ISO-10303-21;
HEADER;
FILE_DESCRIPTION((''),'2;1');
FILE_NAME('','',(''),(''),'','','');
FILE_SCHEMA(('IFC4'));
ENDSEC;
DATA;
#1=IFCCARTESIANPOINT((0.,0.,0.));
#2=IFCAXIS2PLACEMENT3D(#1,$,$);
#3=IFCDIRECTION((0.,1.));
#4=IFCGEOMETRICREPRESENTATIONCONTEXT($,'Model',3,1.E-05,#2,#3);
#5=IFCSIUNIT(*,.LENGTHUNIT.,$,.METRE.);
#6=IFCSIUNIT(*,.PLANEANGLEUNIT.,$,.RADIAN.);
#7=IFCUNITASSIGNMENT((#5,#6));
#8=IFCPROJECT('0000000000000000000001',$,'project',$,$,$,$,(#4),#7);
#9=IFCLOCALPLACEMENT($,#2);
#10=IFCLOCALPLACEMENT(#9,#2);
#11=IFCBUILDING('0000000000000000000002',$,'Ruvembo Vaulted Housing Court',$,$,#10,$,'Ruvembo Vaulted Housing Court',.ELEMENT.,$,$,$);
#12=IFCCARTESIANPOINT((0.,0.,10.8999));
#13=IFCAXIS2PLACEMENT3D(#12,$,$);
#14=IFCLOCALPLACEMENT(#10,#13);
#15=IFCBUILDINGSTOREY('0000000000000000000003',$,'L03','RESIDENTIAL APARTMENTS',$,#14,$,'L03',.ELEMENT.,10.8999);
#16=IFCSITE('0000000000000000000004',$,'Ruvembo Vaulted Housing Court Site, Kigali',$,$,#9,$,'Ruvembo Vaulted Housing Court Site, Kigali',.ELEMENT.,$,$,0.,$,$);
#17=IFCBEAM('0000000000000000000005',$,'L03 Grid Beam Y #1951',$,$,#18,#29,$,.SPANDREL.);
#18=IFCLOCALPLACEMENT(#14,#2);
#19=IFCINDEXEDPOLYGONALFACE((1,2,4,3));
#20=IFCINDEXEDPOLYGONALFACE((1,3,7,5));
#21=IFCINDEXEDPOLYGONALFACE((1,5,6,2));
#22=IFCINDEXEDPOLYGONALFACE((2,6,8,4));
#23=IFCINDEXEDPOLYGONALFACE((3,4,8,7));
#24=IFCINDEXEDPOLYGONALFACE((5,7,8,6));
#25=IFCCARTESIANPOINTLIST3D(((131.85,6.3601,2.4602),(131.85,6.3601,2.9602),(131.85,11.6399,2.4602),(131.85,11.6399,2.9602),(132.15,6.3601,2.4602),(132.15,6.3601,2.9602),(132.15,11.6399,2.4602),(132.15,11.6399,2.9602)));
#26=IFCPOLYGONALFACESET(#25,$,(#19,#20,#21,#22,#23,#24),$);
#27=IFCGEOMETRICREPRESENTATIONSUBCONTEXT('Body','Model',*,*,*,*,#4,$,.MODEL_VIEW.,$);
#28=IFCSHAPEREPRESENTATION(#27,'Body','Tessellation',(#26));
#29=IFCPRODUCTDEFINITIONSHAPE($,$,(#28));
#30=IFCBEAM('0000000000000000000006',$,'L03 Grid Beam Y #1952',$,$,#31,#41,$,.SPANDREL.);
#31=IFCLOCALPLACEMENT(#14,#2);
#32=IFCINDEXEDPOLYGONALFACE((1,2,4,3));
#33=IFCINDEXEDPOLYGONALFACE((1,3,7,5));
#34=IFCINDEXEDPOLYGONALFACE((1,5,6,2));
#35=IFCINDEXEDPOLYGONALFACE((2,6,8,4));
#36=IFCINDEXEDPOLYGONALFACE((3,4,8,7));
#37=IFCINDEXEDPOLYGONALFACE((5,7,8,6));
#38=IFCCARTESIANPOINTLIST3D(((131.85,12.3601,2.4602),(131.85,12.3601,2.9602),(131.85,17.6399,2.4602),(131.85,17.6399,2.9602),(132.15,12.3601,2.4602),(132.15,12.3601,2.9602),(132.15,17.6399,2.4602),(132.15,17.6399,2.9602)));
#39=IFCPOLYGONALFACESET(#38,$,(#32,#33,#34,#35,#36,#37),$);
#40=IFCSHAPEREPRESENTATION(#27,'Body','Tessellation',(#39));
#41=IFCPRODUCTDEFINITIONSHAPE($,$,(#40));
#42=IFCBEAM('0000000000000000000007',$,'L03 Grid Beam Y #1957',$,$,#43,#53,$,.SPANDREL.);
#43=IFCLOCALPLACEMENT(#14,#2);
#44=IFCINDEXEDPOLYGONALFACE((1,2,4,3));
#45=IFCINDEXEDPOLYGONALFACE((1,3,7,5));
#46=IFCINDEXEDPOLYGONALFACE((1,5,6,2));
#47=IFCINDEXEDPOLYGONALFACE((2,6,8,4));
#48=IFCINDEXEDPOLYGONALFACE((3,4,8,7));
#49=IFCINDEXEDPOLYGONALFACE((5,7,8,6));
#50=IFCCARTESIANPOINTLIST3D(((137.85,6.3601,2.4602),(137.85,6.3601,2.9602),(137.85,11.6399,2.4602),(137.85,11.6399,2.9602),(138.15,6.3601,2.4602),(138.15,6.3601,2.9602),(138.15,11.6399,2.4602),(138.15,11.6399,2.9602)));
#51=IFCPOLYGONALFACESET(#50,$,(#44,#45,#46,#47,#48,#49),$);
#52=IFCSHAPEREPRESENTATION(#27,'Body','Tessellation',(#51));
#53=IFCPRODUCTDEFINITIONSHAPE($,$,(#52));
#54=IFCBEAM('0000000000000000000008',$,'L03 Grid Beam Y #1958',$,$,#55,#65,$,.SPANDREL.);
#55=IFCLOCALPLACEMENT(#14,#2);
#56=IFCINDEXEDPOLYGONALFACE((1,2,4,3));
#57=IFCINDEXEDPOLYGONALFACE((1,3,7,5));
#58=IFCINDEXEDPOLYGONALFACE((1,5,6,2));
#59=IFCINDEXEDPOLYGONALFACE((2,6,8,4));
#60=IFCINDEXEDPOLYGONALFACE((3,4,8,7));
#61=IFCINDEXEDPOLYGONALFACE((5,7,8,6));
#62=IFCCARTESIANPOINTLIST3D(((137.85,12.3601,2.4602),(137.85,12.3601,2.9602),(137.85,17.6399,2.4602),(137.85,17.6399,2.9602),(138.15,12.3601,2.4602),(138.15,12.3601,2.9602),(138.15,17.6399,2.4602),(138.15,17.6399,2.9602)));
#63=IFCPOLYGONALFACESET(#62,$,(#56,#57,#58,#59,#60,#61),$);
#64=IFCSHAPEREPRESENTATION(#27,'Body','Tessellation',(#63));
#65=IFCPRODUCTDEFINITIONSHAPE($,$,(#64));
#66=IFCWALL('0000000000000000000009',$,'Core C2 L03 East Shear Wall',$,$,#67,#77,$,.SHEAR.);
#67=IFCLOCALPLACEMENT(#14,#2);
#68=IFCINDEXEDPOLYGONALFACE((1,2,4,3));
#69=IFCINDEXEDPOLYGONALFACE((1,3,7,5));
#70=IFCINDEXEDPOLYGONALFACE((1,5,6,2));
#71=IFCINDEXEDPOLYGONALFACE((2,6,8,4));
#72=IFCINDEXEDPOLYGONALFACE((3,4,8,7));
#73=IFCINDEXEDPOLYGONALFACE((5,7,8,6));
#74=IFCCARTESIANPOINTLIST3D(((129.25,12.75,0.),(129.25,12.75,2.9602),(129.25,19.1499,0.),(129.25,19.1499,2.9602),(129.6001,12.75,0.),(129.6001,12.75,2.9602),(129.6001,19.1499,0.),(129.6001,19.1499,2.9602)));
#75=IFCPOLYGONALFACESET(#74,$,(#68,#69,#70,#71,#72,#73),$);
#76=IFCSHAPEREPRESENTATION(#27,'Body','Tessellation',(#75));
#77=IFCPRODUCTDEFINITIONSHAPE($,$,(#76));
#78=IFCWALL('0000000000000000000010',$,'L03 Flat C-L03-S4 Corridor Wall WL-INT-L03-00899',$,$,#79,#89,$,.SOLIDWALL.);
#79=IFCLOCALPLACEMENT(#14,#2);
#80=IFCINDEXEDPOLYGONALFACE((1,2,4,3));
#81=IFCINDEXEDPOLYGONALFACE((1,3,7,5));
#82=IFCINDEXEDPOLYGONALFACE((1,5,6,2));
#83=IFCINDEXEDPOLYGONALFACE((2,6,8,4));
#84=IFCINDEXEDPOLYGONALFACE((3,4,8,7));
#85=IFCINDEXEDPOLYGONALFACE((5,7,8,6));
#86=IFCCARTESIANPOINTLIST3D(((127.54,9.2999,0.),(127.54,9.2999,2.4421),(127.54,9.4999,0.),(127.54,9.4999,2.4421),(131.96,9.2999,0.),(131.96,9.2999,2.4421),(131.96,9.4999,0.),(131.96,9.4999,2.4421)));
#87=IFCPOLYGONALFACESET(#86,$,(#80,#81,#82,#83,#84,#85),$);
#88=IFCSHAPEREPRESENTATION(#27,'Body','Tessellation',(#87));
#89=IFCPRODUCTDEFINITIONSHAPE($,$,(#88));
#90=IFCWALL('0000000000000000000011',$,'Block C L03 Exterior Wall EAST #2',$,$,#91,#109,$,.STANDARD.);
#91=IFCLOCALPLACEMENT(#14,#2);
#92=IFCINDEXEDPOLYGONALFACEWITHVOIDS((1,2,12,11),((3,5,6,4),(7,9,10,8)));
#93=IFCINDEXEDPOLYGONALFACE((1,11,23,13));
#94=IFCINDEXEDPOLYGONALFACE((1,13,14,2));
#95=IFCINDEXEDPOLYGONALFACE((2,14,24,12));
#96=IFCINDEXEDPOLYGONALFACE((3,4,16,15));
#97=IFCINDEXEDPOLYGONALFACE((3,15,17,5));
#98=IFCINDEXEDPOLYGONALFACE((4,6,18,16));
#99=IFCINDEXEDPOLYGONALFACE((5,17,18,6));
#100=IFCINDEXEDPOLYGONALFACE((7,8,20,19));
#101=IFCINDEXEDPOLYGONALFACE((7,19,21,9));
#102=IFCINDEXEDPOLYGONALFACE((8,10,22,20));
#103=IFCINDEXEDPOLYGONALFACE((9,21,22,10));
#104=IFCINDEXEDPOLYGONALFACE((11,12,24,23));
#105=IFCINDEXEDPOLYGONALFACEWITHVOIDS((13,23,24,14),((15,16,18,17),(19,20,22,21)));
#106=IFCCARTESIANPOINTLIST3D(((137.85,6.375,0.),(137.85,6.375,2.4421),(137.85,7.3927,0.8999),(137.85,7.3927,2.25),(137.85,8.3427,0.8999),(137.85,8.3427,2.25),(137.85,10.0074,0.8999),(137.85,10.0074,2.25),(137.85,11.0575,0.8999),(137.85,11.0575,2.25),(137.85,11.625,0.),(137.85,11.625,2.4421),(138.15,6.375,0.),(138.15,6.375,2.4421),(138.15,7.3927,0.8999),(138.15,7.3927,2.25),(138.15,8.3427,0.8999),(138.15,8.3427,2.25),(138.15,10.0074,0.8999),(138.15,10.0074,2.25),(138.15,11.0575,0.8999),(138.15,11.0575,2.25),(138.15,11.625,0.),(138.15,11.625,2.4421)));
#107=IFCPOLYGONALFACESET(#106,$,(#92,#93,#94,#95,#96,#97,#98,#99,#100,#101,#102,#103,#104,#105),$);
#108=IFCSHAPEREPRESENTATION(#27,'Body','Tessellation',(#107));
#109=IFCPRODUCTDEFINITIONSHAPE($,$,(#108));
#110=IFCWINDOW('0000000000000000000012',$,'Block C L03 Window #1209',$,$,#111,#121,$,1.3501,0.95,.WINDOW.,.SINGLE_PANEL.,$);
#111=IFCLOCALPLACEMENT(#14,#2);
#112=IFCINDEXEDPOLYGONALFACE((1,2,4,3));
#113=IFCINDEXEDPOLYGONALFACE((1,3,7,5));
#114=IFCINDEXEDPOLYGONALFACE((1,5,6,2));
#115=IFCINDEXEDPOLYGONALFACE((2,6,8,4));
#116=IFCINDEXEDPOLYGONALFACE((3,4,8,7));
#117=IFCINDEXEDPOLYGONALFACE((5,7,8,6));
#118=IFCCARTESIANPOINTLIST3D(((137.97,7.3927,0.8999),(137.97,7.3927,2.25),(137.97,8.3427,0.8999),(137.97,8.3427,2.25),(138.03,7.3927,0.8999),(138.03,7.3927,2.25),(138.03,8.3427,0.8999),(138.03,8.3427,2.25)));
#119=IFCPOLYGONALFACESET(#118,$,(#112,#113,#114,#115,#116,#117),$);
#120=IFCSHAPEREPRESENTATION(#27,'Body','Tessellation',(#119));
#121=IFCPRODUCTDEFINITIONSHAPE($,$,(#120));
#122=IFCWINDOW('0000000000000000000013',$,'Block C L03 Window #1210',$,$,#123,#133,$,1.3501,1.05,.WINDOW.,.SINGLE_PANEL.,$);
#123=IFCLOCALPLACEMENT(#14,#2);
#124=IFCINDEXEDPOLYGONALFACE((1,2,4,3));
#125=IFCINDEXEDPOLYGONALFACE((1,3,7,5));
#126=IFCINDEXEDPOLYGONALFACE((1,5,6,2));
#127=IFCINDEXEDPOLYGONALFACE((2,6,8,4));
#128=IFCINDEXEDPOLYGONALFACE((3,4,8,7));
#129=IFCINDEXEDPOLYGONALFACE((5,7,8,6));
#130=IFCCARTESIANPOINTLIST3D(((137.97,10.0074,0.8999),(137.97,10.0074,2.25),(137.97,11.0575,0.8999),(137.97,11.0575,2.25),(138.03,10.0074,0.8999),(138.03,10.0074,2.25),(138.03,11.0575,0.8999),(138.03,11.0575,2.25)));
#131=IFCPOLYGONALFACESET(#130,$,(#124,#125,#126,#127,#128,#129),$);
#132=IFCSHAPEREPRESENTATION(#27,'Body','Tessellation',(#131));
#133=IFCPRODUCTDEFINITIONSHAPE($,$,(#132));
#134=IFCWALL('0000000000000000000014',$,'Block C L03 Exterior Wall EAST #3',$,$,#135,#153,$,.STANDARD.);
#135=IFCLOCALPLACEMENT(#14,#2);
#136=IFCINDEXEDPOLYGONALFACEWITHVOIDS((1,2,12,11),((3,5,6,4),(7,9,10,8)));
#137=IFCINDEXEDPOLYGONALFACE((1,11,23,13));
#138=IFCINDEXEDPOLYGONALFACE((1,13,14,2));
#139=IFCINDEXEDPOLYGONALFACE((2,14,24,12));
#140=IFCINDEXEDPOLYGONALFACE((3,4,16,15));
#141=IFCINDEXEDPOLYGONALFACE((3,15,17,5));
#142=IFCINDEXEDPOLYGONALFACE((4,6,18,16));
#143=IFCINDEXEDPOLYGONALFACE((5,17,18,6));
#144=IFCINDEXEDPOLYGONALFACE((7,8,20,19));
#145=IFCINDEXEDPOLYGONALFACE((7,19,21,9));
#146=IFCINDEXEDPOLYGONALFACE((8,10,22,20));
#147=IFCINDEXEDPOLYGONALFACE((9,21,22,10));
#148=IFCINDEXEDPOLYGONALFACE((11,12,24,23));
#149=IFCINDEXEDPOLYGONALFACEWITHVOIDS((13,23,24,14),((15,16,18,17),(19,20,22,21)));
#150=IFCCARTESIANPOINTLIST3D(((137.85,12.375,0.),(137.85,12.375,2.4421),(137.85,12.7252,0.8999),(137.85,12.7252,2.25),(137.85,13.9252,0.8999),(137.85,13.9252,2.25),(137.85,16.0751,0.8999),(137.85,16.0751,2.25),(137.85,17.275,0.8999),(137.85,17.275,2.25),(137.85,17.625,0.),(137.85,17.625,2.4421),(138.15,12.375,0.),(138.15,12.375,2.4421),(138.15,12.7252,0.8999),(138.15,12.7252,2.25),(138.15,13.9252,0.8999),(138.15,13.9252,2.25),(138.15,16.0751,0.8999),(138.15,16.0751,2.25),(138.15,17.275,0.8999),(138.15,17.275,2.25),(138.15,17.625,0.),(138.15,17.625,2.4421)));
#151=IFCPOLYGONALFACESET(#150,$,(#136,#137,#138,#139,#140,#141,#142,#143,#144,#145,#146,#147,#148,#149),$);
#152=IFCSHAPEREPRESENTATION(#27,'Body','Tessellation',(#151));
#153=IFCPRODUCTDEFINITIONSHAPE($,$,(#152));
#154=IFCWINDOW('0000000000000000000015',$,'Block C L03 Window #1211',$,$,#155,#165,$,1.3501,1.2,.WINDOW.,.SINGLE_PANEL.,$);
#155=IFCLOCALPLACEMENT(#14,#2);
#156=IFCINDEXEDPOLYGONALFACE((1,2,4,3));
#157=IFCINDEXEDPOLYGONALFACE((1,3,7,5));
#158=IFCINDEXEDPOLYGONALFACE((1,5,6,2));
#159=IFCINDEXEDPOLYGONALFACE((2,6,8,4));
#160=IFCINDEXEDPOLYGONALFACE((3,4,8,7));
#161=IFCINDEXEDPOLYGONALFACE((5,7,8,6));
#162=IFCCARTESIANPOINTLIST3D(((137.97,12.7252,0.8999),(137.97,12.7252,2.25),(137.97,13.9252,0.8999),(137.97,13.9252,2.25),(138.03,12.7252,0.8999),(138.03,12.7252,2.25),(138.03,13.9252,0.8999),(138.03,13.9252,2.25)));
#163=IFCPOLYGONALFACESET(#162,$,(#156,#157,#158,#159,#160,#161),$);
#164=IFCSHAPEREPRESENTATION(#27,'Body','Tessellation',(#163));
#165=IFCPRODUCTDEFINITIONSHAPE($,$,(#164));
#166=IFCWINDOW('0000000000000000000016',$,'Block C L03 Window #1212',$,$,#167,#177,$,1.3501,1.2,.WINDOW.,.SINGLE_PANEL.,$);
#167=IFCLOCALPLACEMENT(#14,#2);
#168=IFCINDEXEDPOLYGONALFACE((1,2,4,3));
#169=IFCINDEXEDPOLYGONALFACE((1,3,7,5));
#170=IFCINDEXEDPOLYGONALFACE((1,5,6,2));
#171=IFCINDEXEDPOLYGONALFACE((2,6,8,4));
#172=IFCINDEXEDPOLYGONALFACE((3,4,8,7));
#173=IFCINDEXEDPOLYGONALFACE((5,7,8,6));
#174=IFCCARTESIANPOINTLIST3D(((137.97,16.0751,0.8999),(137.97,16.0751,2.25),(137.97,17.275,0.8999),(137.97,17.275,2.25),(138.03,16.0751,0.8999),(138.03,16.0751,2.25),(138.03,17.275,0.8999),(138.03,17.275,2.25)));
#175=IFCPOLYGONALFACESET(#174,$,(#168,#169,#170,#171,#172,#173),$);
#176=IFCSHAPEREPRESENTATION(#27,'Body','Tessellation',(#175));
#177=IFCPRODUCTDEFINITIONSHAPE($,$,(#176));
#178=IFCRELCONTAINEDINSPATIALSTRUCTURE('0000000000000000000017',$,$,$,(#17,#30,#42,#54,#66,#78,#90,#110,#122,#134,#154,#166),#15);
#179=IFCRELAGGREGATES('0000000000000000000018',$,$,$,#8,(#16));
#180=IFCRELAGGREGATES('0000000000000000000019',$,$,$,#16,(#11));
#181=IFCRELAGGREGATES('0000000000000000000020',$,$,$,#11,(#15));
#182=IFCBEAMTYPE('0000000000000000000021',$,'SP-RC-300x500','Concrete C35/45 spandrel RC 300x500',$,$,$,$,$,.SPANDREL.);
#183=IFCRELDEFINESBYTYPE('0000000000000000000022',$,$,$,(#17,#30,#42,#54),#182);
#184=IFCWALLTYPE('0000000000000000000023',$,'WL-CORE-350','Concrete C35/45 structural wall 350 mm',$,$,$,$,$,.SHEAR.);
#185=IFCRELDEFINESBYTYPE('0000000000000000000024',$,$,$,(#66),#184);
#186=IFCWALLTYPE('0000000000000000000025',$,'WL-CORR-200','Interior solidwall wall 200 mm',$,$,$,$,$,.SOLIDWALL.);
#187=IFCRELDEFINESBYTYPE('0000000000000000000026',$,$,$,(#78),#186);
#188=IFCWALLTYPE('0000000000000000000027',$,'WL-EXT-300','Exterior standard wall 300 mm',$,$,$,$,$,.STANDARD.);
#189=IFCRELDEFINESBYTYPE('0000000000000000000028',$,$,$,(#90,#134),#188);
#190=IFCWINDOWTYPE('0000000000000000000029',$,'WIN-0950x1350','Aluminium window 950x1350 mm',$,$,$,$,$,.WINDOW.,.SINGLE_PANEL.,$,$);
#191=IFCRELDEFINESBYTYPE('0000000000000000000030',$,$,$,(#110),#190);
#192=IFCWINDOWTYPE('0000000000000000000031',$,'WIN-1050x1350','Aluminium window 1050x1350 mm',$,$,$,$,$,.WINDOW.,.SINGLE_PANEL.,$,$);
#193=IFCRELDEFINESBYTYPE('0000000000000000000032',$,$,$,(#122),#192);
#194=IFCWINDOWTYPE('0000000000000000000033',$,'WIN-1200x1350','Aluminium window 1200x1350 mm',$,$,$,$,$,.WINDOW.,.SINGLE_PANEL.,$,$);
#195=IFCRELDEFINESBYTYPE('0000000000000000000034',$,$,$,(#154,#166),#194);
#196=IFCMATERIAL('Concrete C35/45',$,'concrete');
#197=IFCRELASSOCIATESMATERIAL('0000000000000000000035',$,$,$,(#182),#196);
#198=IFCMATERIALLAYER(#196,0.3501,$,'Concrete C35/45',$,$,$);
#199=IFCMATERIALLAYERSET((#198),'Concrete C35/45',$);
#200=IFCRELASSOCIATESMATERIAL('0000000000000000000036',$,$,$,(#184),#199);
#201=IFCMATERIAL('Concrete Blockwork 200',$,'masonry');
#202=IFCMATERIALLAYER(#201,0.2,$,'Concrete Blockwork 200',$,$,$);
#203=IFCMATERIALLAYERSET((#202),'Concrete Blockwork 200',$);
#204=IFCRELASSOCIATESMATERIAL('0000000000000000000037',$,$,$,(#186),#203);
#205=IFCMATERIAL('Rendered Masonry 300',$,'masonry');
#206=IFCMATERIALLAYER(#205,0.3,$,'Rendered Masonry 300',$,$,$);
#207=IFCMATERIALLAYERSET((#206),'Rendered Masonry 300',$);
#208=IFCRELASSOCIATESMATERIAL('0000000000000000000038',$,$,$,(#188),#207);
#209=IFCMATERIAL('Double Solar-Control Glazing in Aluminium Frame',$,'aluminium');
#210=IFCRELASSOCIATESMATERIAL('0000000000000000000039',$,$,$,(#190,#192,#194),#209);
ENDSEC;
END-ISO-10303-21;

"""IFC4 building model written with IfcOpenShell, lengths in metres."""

from ifc_helpers import new_model, si_unit, direction, frame, frame_2d, origin, origin_2d, place, context, subcontext, project, spatial, rectangle, extrude, material, layer, layer_set, material_profile, profile_set, type_object, element, fill, save


model = new_model("IFC4")

# Units and contexts
model_context = context("Model", 3, precision=1e-05, world=origin(), true_north=direction((0.0, 1.0)))
body_context = subcontext(model_context, "Body", "Model", "MODEL_VIEW")
ifc_project = project(units=[si_unit("LENGTHUNIT", "METRE"), si_unit("PLANEANGLEUNIT", "RADIAN")], contexts=[model_context])

# Site, building, storey
site_placement = place(None, origin())
site = spatial("IfcSite", under=ifc_project, at=site_placement, Name="Ruvembo Vaulted Housing Court Site, Kigali", LongName="Ruvembo Vaulted Housing Court Site, Kigali", CompositionType="ELEMENT", RefElevation=0.0)
building_placement = place(site_placement, origin())
building = spatial("IfcBuilding", under=site, at=building_placement, Name="Ruvembo Vaulted Housing Court", LongName="Ruvembo Vaulted Housing Court", CompositionType="ELEMENT")
storey_placement = place(building_placement, frame((0.0, 0.0, 10.8999)))
storey = spatial("IfcBuildingStorey", under=building, at=storey_placement, Name="L03", Description="RESIDENTIAL APARTMENTS", LongName="L03", CompositionType="ELEMENT", Elevation=10.8999)

# Beams
ifc_material_1 = material(Name="Concrete C35/45", Category="concrete")
ifc_material_profile_1 = material_profile(ifc_material_1, rectangle(XDim=0.3, YDim=0.5, at=origin_2d()), Name="RC 300x500")
ifc_profile_set_1 = profile_set([ifc_material_profile_1], Name="Concrete C35/45")
beam_type_1 = type_object("IfcBeamType", Name="SP-RC-300x500", Description="Concrete C35/45 spandrel RC 300x500", PredefinedType="SPANDREL", material=ifc_profile_set_1)
for number, where, z_axis, x_axis, name in (
    (1, (132.0, 6.3601, 2.7102), (0.0, 1.0, 0.0), (-1.0, 0.0, 0.0), "L03 Grid Beam Y #1951"),
    (2, (132.0, 12.3601, 2.7102), (0.0, 1.0, 0.0), (-1.0, 0.0, 0.0), "L03 Grid Beam Y #1952"),
    (3, (138.0, 6.3601, 2.7102), (0.0, 1.0, 0.0), (-1.0, 0.0, 0.0), "L03 Grid Beam Y #1957"),
    (4, (138.0, 12.3601, 2.7102), (0.0, 1.0, 0.0), (-1.0, 0.0, 0.0), "L03 Grid Beam Y #1958"),
):
    element("IfcBeam", number, at=place(storey_placement, frame(where, z_axis=z_axis, x_axis=x_axis)), inside=storey, type_object=beam_type_1, Name=name, PredefinedType="SPANDREL", context=body_context, shape_type="SweptSolid", body=[
        extrude(rectangle(XDim=0.3, YDim=0.5, at=origin_2d()), origin(), (0.0, 0.0, 1.0), 5.2798),
    ])

# Walls
ifc_layer_1 = layer(ifc_material_1, 0.3501, Name="Concrete C35/45")
ifc_layer_set_1 = layer_set([ifc_layer_1], Name="Concrete C35/45")
wall_type_1 = type_object("IfcWallType", Name="WL-CORE-350", Description="Concrete C35/45 structural wall 350 mm", PredefinedType="SHEAR", material=ifc_layer_set_1)
wall_1_placement = place(storey_placement, frame((129.425, 12.75, 0.0), z_axis=(0.0, 0.0, 1.0), x_axis=(0.0, 1.0, 0.0)))
element("IfcWall", 5, at=wall_1_placement, inside=storey, type_object=wall_type_1, Name="Core C2 L03 East Shear Wall", PredefinedType="SHEAR", context=body_context, shape_type="SweptSolid", body=[
    extrude(rectangle(XDim=6.3999, YDim=0.3501, at=frame_2d((3.2, 0.0))), origin(), (0.0, 0.0, 1.0), 2.9602),
])
ifc_material_2 = material(Name="Concrete Blockwork 200", Category="masonry")
ifc_layer_2 = layer(ifc_material_2, 0.2, Name="Concrete Blockwork 200")
ifc_layer_set_2 = layer_set([ifc_layer_2], Name="Concrete Blockwork 200")
wall_type_2 = type_object("IfcWallType", Name="WL-CORR-200", Description="Interior solidwall wall 200 mm", PredefinedType="SOLIDWALL", material=ifc_layer_set_2)
wall_2_placement = place(storey_placement, frame((127.54, 9.3999, 0.0), z_axis=(0.0, 0.0, 1.0), x_axis=(1.0, 0.0, 0.0)))
element("IfcWall", 6, at=wall_2_placement, inside=storey, type_object=wall_type_2, Name="L03 Flat C-L03-S4 Corridor Wall WL-INT-L03-00899", PredefinedType="SOLIDWALL", context=body_context, shape_type="SweptSolid", body=[
    extrude(rectangle(XDim=4.4199, YDim=0.2, at=frame_2d((2.21, 0.0))), origin(), (0.0, 0.0, 1.0), 2.4421),
])

# Walls, openings, windows
ifc_material_3 = material(Name="Rendered Masonry 300", Category="masonry")
ifc_layer_3 = layer(ifc_material_3, 0.3, Name="Rendered Masonry 300")
ifc_layer_set_3 = layer_set([ifc_layer_3], Name="Rendered Masonry 300")
wall_type_3 = type_object("IfcWallType", Name="WL-EXT-300", Description="Exterior standard wall 300 mm", PredefinedType="STANDARD", material=ifc_layer_set_3)
wall_3_placement = place(storey_placement, frame((138.0, 6.375, 0.0), z_axis=(0.0, 0.0, 1.0), x_axis=(0.0, 1.0, 0.0)))
wall_3 = element("IfcWall", 7, at=wall_3_placement, inside=storey, type_object=wall_type_3, Name="Block C L03 Exterior Wall EAST #2", PredefinedType="STANDARD", context=body_context, shape_type="SweptSolid", body=[
    extrude(rectangle(XDim=5.25, YDim=0.3, at=frame_2d((2.625, 0.0))), origin(), (0.0, 0.0, 1.0), 2.4421),
])
opening_1_placement = place(wall_3_placement, frame((1.0176, 0.0, 0.8999)))
opening_1 = element("IfcOpeningElement", 8, at=opening_1_placement, cuts=wall_3, PredefinedType="OPENING", context=body_context, shape_type="SweptSolid", body=[
    extrude(rectangle(XDim=0.95, YDim=1.3501, at=frame_2d((0.4751, 0.675))), frame((0.0, 0.1599, 0.0), z_axis=(0.0, -1.0, 0.0), x_axis=(1.0, 0.0, 0.0)), (0.0, 0.0, 1.0), 0.3201),
])
opening_2_placement = place(wall_3_placement, frame((3.6326, 0.0, 0.8999)))
opening_2 = element("IfcOpeningElement", 9, at=opening_2_placement, cuts=wall_3, PredefinedType="OPENING", context=body_context, shape_type="SweptSolid", body=[
    extrude(rectangle(XDim=1.05, YDim=1.3501, at=frame_2d((0.5249, 0.675))), frame((0.0, 0.1599, 0.0), z_axis=(0.0, -1.0, 0.0), x_axis=(1.0, 0.0, 0.0)), (0.0, 0.0, 1.0), 0.3201),
])
ifc_material_4 = material(Name="Double Solar-Control Glazing in Aluminium Frame", Category="aluminium")
window_type_1 = type_object("IfcWindowType", Name="WIN-0950x1350", Description="Aluminium window 950x1350 mm", PartitioningType="SINGLE_PANEL", PredefinedType="WINDOW", material=ifc_material_4)
window_1_placement = place(opening_1_placement, origin())
window_1 = element("IfcWindow", 10, at=window_1_placement, inside=storey, type_object=window_type_1, Name="Block C L03 Window #1209", OverallHeight=1.3501, OverallWidth=0.95, PartitioningType="SINGLE_PANEL", PredefinedType="WINDOW", context=body_context, shape_type="SweptSolid", body=[
    extrude(rectangle(XDim=0.95, YDim=1.3501, at=frame_2d((0.4751, 0.675))), frame((0.0, 0.03, 0.0), z_axis=(0.0, -1.0, 0.0), x_axis=(1.0, 0.0, 0.0)), (0.0, 0.0, 1.0), 0.0601),
])
fill(opening_1, window_1)
window_type_2 = type_object("IfcWindowType", Name="WIN-1050x1350", Description="Aluminium window 1050x1350 mm", PartitioningType="SINGLE_PANEL", PredefinedType="WINDOW", material=ifc_material_4)
window_2_placement = place(opening_2_placement, origin())
window_2 = element("IfcWindow", 11, at=window_2_placement, inside=storey, type_object=window_type_2, Name="Block C L03 Window #1210", OverallHeight=1.3501, OverallWidth=1.05, PartitioningType="SINGLE_PANEL", PredefinedType="WINDOW", context=body_context, shape_type="SweptSolid", body=[
    extrude(rectangle(XDim=1.05, YDim=1.3501, at=frame_2d((0.5249, 0.675))), frame((0.0, 0.03, 0.0), z_axis=(0.0, -1.0, 0.0), x_axis=(1.0, 0.0, 0.0)), (0.0, 0.0, 1.0), 0.0601),
])
fill(opening_2, window_2)
wall_4_placement = place(storey_placement, frame((138.0, 12.375, 0.0), z_axis=(0.0, 0.0, 1.0), x_axis=(0.0, 1.0, 0.0)))
wall_4 = element("IfcWall", 12, at=wall_4_placement, inside=storey, type_object=wall_type_3, Name="Block C L03 Exterior Wall EAST #3", PredefinedType="STANDARD", context=body_context, shape_type="SweptSolid", body=[
    extrude(rectangle(XDim=5.25, YDim=0.3, at=frame_2d((2.625, 0.0))), origin(), (0.0, 0.0, 1.0), 2.4421),
])
opening_3_placement = place(wall_4_placement, frame((0.3501, 0.0, 0.8999)))
opening_3 = element("IfcOpeningElement", 13, at=opening_3_placement, cuts=wall_4, PredefinedType="OPENING", context=body_context, shape_type="SweptSolid", body=[
    extrude(rectangle(XDim=1.2, YDim=1.3501, at=frame_2d((0.6001, 0.675))), frame((0.0, 0.1599, 0.0), z_axis=(0.0, -1.0, 0.0), x_axis=(1.0, 0.0, 0.0)), (0.0, 0.0, 1.0), 0.3201),
])
opening_4_placement = place(wall_4_placement, frame((3.7, 0.0, 0.8999)))
opening_4 = element("IfcOpeningElement", 14, at=opening_4_placement, cuts=wall_4, PredefinedType="OPENING", context=body_context, shape_type="SweptSolid", body=[
    extrude(rectangle(XDim=1.2, YDim=1.3501, at=frame_2d((0.6001, 0.675))), frame((0.0, 0.1599, 0.0), z_axis=(0.0, -1.0, 0.0), x_axis=(1.0, 0.0, 0.0)), (0.0, 0.0, 1.0), 0.3201),
])
window_type_3 = type_object("IfcWindowType", Name="WIN-1200x1350", Description="Aluminium window 1200x1350 mm", PartitioningType="SINGLE_PANEL", PredefinedType="WINDOW", material=ifc_material_4)
window_3_placement = place(opening_3_placement, origin())
window_3 = element("IfcWindow", 15, at=window_3_placement, inside=storey, type_object=window_type_3, Name="Block C L03 Window #1211", OverallHeight=1.3501, OverallWidth=1.2, PartitioningType="SINGLE_PANEL", PredefinedType="WINDOW", context=body_context, shape_type="SweptSolid", body=[
    extrude(rectangle(XDim=1.2, YDim=1.3501, at=frame_2d((0.6001, 0.675))), frame((0.0, 0.03, 0.0), z_axis=(0.0, -1.0, 0.0), x_axis=(1.0, 0.0, 0.0)), (0.0, 0.0, 1.0), 0.0601),
])
fill(opening_3, window_3)
window_4_placement = place(opening_4_placement, origin())
window_4 = element("IfcWindow", 16, at=window_4_placement, inside=storey, type_object=window_type_3, Name="Block C L03 Window #1212", OverallHeight=1.3501, OverallWidth=1.2, PartitioningType="SINGLE_PANEL", PredefinedType="WINDOW", context=body_context, shape_type="SweptSolid", body=[
    extrude(rectangle(XDim=1.2, YDim=1.3501, at=frame_2d((0.6001, 0.675))), frame((0.0, 0.03, 0.0), z_axis=(0.0, -1.0, 0.0), x_axis=(1.0, 0.0, 0.0)), (0.0, 0.0, 1.0), 0.0601),
])
fill(opening_4, window_4)

save(model, "model.ifc")
